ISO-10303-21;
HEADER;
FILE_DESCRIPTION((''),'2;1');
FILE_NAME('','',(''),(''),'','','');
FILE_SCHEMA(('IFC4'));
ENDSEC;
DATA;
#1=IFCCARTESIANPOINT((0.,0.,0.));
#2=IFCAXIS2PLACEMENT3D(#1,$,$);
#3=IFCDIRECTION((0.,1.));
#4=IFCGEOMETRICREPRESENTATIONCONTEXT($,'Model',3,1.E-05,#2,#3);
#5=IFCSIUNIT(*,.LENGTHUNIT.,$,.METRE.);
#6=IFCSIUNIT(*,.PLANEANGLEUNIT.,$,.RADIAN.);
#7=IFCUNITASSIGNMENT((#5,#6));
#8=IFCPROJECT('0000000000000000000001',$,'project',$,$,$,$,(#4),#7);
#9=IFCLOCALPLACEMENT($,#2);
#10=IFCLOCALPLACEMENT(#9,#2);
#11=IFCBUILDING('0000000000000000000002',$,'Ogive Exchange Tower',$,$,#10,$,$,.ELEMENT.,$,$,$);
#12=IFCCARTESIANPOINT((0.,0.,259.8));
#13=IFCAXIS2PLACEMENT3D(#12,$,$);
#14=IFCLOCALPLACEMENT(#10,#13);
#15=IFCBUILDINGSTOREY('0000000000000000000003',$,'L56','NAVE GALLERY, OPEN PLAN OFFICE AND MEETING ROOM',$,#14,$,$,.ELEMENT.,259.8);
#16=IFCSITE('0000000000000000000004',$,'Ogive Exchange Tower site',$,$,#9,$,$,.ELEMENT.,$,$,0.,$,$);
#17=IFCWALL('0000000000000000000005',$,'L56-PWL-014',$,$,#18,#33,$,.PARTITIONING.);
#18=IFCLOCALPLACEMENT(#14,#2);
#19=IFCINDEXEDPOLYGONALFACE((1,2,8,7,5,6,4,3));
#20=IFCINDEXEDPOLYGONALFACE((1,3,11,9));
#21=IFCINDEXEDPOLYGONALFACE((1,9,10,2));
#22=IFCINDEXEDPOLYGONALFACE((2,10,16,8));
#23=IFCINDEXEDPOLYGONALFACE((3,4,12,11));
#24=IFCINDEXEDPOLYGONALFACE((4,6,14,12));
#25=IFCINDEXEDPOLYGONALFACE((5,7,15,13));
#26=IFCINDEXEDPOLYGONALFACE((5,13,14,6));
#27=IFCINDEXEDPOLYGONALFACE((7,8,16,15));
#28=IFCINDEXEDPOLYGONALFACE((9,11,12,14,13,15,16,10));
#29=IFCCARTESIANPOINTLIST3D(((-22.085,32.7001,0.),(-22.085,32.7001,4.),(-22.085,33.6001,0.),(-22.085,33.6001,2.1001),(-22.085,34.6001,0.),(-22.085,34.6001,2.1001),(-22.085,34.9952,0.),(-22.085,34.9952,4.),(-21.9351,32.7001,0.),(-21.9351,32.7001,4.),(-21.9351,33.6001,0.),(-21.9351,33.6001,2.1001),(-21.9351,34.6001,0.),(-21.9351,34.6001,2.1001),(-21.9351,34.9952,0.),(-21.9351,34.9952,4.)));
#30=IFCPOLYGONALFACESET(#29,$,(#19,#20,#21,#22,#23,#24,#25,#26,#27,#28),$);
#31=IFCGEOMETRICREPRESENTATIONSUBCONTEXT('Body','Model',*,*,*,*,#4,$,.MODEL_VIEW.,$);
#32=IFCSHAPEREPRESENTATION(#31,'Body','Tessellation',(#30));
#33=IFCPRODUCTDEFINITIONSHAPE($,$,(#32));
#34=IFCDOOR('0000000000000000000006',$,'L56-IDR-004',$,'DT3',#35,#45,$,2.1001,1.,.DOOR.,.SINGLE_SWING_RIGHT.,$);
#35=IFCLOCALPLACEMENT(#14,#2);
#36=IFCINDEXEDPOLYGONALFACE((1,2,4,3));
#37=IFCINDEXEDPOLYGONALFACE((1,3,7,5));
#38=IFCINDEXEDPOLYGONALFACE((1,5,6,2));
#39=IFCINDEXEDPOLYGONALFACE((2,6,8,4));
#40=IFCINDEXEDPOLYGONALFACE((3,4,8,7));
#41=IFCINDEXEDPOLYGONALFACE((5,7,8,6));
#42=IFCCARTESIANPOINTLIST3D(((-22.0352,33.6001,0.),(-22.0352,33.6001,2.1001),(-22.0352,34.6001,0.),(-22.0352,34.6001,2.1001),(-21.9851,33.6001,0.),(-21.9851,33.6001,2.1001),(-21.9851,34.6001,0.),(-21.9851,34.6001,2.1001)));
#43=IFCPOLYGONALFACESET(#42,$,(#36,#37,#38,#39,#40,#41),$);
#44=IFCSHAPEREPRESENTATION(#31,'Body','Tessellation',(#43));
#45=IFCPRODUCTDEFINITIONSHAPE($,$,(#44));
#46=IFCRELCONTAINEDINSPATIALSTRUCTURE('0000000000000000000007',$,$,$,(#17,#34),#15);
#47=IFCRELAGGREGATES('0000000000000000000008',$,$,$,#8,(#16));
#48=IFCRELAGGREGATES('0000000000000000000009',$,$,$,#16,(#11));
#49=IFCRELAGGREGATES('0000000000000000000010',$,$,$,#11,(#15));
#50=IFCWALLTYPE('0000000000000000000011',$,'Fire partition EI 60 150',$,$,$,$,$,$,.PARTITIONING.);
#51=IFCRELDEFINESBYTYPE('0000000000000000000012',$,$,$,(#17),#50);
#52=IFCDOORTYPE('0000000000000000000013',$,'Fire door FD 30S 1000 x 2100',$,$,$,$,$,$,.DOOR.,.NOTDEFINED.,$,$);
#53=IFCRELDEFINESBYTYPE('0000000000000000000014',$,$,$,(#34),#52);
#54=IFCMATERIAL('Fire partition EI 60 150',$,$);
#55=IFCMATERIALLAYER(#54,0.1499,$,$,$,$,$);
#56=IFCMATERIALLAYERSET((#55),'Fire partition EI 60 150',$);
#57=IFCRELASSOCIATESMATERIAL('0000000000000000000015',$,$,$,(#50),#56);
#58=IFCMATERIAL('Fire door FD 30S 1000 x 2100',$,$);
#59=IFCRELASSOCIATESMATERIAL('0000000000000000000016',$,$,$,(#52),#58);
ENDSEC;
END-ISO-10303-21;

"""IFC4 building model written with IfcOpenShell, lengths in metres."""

from ifc_helpers import new_model, si_unit, direction, frame, frame_2d, origin, place, context, subcontext, project, spatial, rectangle, extrude, material, layer, layer_set, type_object, element, fill, save


model = new_model("IFC4")

# Units and contexts
model_context = context("Model", 3, precision=1e-05, world=origin(), true_north=direction((0.0, 1.0)))
body_context = subcontext(model_context, "Body", "Model", "MODEL_VIEW")
ifc_project = project(units=[si_unit("LENGTHUNIT", "METRE"), si_unit("PLANEANGLEUNIT", "RADIAN")], contexts=[model_context])

# Site, building, storey
site_placement = place(None, origin())
site = spatial("IfcSite", under=ifc_project, at=site_placement, Name="Ogive Exchange Tower site", CompositionType="ELEMENT", RefElevation=0.0)
building_placement = place(site_placement, origin())
building = spatial("IfcBuilding", under=site, at=building_placement, Name="Ogive Exchange Tower", CompositionType="ELEMENT")
storey_placement = place(building_placement, frame((0.0, 0.0, 259.8)))
storey = spatial("IfcBuildingStorey", under=building, at=storey_placement, Name="L56", Description="NAVE GALLERY, OPEN PLAN OFFICE AND MEETING ROOM", CompositionType="ELEMENT", Elevation=259.8)

# Shared definitions
ifc_material_1 = material(Name="Fire partition EI 60 150")
ifc_layer_1 = layer(ifc_material_1, 0.1499)
ifc_layer_set_1 = layer_set([ifc_layer_1], Name="Fire partition EI 60 150")
wall_type_1 = type_object("IfcWallType", Name="Fire partition EI 60 150", PredefinedType="PARTITIONING", material=ifc_layer_set_1)
ifc_material_2 = material(Name="Fire door FD 30S 1000 x 2100")
door_type_1 = type_object("IfcDoorType", Name="Fire door FD 30S 1000 x 2100", OperationType="NOTDEFINED", PredefinedType="DOOR", material=ifc_material_2)

# Wall, opening, door
wall_1_placement = place(storey_placement, frame((-22.01, 34.9951, 0.0), z_axis=(0.0, 0.0, 1.0), x_axis=(0.0, -1.0, 0.0)))
wall_1 = element("IfcWall", 1, at=wall_1_placement, inside=storey, type_object=wall_type_1, Name="L56-PWL-014", PredefinedType="PARTITIONING", context=body_context, shape_type="SweptSolid", body=[
    extrude(rectangle(XDim=2.2952, YDim=0.1499, at=frame_2d((1.1475, 0.0))), origin(), (0.0, 0.0, 1.0), 4.0),
])
opening_1_placement = place(wall_1_placement, frame((0.395, 0.0, 0.0)))
opening_1 = element("IfcOpeningElement", 2, at=opening_1_placement, cuts=wall_1, PredefinedType="OPENING", context=body_context, shape_type="SweptSolid", body=[
    extrude(rectangle(XDim=1.0, YDim=2.1001, at=frame_2d((0.5, 1.05))), frame((0.0, 0.085, 0.0), z_axis=(0.0, -1.0, 0.0), x_axis=(1.0, 0.0, 0.0)), (0.0, 0.0, 1.0), 0.1699),
])
door_1_placement = place(opening_1_placement, origin())
door_1 = element("IfcDoor", 3, at=door_1_placement, inside=storey, type_object=door_type_1, Name="L56-IDR-004", ObjectType="DT3", OperationType="SINGLE_SWING_RIGHT", OverallHeight=2.1001, OverallWidth=1.0, PredefinedType="DOOR", context=body_context, shape_type="SweptSolid", body=[
    extrude(rectangle(XDim=1.0, YDim=2.1001, at=frame_2d((0.5, 1.05))), frame((0.0, 0.0249, 0.0), z_axis=(0.0, -1.0, 0.0), x_axis=(1.0, 0.0, 0.0)), (0.0, 0.0, 1.0), 0.05),
])
fill(opening_1, door_1)

save(model, "model.ifc")
